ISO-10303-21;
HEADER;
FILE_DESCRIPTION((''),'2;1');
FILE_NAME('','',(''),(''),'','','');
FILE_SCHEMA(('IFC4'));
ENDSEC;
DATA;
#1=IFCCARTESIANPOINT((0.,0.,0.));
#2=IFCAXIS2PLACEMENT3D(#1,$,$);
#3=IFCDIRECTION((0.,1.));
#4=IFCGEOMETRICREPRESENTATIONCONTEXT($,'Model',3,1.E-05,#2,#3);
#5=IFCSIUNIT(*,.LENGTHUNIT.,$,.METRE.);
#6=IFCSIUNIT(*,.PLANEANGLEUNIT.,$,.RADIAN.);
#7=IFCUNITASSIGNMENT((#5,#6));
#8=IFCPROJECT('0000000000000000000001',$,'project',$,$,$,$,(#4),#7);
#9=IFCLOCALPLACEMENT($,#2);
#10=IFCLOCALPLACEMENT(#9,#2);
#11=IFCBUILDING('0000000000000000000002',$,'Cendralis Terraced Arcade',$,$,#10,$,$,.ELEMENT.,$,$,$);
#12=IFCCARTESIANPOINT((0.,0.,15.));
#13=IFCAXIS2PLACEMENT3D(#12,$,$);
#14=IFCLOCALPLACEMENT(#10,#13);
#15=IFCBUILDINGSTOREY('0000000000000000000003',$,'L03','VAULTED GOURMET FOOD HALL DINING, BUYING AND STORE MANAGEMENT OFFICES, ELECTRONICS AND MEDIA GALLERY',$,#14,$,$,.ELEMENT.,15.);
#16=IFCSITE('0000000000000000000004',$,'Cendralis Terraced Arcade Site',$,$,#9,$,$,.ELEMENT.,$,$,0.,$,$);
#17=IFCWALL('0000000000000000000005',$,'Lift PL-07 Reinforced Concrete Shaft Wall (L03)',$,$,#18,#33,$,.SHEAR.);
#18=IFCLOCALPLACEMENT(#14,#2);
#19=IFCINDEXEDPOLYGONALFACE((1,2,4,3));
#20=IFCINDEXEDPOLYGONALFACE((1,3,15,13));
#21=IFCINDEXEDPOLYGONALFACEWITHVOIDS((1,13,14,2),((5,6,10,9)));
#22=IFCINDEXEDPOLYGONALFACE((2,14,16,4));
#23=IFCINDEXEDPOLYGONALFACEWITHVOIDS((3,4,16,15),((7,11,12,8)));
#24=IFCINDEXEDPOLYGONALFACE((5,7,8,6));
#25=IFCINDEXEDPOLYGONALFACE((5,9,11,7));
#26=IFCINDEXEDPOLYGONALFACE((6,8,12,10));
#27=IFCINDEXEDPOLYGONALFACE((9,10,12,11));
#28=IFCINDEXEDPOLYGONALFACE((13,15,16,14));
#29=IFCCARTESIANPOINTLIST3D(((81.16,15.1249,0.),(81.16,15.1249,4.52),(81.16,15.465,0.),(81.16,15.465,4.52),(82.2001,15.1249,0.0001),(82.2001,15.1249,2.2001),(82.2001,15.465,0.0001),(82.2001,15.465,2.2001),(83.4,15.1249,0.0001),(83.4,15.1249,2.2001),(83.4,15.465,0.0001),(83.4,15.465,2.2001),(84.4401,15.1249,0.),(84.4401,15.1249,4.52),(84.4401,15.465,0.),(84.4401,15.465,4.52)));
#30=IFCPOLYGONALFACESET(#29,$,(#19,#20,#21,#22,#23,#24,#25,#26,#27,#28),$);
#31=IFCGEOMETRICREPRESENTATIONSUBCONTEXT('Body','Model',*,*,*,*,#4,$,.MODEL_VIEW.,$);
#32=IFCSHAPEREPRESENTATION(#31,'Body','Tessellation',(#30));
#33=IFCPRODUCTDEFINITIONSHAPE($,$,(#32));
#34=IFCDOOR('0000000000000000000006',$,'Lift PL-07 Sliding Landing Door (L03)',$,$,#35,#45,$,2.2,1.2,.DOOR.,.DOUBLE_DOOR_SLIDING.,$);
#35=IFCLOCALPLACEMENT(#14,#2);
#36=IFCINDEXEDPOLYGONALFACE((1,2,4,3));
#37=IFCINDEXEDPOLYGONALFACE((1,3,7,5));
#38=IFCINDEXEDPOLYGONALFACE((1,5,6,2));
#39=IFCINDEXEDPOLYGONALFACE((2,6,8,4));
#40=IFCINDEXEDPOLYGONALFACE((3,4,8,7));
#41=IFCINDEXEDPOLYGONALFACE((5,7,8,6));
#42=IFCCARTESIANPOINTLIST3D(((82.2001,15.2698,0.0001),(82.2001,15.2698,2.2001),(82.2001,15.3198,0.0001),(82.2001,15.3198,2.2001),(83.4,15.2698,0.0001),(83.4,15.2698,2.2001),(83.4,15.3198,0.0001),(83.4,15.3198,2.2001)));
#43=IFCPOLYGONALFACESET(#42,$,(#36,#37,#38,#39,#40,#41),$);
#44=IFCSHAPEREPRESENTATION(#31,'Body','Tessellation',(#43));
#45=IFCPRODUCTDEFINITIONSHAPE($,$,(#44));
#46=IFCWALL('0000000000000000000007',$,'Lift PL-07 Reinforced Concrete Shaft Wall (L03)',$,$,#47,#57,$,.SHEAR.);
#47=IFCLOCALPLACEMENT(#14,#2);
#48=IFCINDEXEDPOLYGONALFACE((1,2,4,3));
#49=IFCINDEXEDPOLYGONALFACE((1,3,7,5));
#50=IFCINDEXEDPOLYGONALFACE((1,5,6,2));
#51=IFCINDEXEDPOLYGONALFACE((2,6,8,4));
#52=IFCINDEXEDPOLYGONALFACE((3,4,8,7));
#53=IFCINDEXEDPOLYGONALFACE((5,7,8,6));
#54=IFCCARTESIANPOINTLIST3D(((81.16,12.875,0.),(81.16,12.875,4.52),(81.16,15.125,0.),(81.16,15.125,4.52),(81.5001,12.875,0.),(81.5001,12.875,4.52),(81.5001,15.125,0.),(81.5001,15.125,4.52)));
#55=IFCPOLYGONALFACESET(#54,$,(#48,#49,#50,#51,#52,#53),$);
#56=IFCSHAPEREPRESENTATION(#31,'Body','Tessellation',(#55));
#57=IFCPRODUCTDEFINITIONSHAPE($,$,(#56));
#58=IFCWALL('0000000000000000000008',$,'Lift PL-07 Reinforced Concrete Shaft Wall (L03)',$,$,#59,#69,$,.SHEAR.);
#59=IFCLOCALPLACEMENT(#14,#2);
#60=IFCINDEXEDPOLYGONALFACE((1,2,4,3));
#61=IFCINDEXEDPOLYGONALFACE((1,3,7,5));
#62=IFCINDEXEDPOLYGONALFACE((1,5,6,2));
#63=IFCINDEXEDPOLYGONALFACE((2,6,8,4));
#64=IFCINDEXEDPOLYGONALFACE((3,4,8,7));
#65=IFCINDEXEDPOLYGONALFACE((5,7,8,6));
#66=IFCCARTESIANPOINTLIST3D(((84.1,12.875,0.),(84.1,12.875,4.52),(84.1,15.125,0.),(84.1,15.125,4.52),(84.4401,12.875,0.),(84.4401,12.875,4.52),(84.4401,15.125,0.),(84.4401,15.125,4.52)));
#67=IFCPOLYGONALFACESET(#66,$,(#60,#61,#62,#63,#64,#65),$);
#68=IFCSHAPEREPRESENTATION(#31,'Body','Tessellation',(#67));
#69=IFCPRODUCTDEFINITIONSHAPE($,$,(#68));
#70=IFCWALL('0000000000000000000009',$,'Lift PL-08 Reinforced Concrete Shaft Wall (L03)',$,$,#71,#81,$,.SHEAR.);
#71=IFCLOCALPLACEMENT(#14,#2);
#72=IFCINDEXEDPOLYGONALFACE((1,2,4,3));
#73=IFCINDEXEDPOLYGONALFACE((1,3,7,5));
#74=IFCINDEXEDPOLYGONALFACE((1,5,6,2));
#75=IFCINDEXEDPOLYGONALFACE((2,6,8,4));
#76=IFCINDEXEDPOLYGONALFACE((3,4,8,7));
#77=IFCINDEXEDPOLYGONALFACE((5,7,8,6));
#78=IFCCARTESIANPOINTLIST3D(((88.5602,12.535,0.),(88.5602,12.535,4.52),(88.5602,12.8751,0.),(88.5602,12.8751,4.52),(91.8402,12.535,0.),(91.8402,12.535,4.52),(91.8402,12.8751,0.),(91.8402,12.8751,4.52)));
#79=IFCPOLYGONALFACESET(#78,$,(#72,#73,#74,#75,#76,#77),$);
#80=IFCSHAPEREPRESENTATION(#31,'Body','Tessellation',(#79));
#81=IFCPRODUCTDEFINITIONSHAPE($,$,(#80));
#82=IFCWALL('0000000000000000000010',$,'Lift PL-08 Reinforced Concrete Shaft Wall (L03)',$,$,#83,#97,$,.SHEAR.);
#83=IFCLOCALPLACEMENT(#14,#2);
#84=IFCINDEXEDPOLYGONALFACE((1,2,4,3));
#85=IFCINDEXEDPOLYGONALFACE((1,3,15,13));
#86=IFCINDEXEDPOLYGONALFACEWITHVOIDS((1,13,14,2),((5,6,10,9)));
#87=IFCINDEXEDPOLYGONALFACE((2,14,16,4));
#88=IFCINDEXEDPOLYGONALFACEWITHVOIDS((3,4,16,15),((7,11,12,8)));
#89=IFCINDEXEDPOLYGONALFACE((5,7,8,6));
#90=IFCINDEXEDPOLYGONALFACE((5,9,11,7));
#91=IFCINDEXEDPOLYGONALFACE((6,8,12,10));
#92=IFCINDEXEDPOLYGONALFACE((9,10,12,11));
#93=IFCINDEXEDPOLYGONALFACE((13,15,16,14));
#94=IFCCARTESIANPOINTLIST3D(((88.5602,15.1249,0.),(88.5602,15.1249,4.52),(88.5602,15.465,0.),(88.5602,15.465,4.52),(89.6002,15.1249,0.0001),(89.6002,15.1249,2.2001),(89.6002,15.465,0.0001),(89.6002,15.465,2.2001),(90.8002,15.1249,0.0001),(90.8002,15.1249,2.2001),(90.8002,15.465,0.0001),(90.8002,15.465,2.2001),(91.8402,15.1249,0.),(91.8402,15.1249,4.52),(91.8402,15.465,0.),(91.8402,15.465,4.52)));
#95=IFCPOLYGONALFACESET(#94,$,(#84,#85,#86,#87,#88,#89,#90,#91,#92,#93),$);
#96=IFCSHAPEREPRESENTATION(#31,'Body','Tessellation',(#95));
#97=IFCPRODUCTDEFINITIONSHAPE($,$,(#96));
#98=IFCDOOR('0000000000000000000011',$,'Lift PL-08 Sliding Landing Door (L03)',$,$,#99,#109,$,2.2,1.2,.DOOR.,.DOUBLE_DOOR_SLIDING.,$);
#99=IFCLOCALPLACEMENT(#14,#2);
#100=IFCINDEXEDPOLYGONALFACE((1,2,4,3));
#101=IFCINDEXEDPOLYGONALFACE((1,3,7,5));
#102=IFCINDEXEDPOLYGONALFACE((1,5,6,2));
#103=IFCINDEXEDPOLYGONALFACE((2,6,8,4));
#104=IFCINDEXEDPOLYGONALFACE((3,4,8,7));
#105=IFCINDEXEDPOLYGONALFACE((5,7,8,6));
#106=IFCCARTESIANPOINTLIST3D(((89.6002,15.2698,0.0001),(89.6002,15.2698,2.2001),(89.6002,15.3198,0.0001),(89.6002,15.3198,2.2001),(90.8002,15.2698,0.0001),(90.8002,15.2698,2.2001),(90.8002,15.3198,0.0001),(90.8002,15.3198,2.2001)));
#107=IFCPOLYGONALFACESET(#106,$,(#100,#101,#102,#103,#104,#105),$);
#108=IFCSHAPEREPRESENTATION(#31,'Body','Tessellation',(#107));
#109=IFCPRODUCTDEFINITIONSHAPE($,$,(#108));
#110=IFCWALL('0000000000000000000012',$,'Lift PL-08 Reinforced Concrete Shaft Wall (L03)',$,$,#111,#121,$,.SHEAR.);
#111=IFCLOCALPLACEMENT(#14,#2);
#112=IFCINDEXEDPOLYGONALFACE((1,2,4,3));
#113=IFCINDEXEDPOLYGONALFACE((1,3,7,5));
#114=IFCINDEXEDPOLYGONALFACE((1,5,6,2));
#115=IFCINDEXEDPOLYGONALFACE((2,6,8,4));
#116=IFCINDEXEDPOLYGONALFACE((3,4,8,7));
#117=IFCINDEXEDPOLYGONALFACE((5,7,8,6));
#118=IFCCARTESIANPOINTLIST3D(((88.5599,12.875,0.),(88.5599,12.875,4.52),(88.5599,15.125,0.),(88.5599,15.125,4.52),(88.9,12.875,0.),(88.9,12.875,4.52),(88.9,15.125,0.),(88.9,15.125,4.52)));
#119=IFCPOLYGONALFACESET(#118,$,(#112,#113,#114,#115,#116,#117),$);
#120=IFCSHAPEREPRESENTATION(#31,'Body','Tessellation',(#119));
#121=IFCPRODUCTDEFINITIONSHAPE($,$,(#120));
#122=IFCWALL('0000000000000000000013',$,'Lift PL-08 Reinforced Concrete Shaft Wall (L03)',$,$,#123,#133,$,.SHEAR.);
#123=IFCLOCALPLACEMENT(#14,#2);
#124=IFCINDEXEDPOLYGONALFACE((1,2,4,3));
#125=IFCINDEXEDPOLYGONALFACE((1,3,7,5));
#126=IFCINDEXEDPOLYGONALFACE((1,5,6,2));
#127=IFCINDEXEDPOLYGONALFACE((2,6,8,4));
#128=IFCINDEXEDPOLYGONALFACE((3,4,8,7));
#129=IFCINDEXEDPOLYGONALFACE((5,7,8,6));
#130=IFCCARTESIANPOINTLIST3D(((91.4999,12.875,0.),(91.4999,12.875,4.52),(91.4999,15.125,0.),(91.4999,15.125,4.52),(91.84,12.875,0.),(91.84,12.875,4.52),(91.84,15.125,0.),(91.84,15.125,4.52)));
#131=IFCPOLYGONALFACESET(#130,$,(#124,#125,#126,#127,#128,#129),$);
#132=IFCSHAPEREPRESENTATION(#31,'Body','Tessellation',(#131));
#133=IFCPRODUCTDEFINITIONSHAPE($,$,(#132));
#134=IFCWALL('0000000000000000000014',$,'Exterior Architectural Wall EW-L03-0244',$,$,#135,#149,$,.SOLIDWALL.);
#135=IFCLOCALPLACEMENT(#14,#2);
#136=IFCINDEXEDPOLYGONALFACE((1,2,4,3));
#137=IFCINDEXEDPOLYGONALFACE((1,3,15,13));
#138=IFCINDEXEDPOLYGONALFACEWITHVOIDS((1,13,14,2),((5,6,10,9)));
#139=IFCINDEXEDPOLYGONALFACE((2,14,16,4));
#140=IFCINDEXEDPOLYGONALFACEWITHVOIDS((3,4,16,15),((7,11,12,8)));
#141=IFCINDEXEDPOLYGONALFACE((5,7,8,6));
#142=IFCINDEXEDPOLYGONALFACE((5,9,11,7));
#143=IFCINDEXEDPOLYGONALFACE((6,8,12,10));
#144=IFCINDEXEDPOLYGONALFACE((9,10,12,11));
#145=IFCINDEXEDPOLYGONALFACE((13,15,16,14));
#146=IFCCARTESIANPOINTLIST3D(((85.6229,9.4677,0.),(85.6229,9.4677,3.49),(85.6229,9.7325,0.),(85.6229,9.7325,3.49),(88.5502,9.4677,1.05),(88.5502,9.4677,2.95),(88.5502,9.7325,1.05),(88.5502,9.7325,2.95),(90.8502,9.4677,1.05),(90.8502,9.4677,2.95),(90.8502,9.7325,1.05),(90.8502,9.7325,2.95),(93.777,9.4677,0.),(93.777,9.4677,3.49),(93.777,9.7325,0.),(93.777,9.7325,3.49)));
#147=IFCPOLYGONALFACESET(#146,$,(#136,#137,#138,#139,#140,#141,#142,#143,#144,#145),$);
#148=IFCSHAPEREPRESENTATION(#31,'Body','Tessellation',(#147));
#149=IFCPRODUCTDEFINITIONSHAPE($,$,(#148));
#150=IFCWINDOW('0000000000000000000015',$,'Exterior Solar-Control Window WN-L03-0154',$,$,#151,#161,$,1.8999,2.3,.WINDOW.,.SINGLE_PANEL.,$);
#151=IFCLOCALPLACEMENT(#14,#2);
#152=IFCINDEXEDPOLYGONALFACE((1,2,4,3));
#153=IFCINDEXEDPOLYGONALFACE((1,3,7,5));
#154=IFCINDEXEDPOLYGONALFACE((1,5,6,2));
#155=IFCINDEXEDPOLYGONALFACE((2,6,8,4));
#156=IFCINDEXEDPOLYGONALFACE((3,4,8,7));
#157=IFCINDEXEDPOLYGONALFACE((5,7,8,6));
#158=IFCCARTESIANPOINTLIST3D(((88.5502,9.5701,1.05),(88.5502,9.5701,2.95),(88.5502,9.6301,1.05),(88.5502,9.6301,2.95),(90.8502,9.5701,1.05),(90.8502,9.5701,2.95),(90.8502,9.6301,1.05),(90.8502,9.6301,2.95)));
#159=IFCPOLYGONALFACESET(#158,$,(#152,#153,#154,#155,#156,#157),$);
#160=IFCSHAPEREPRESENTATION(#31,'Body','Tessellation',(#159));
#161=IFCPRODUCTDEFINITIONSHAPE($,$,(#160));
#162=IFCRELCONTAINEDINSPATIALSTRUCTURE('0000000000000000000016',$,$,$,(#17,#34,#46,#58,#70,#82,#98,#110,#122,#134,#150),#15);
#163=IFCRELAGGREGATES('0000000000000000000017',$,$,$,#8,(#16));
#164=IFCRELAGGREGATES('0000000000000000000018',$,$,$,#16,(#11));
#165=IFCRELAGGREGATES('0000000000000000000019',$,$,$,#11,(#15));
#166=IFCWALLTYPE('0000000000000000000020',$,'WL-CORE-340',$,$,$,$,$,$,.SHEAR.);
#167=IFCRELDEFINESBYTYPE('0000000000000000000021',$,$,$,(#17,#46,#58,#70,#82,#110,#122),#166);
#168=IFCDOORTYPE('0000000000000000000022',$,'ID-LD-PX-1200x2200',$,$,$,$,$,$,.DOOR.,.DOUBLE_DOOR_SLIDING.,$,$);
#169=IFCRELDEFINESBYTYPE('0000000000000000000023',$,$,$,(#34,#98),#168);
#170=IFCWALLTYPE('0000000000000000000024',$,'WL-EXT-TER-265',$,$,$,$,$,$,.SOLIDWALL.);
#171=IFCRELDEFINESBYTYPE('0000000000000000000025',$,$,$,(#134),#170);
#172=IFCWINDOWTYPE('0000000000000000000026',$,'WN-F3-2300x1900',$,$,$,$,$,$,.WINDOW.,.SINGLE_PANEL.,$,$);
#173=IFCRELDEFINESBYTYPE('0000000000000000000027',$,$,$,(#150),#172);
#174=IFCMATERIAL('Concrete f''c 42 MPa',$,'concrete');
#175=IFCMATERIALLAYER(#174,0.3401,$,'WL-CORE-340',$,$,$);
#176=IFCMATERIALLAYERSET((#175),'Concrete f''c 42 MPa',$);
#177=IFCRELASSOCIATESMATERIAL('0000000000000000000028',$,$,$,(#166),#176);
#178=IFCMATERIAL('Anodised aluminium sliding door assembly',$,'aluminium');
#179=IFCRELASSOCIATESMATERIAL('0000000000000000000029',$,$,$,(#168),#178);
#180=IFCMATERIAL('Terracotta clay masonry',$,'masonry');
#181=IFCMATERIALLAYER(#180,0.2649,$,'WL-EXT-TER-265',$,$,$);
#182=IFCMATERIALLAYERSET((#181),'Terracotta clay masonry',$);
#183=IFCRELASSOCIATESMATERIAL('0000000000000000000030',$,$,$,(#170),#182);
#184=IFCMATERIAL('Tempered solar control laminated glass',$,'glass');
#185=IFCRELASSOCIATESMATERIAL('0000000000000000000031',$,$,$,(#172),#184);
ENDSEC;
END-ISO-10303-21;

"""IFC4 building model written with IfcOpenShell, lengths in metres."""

from ifc_helpers import new_model, si_unit, direction, frame, frame_2d, origin, place, context, subcontext, project, spatial, rectangle, extrude, material, layer, layer_set, type_object, element, fill, save


model = new_model("IFC4")

# Units and contexts
model_context = context("Model", 3, precision=1e-05, world=origin(), true_north=direction((0.0, 1.0)))
body_context = subcontext(model_context, "Body", "Model", "MODEL_VIEW")
ifc_project = project(units=[si_unit("LENGTHUNIT", "METRE"), si_unit("PLANEANGLEUNIT", "RADIAN")], contexts=[model_context])

# Site, building, storey
site_placement = place(None, origin())
site = spatial("IfcSite", under=ifc_project, at=site_placement, Name="Cendralis Terraced Arcade Site", CompositionType="ELEMENT", RefElevation=0.0)
building_placement = place(site_placement, origin())
building = spatial("IfcBuilding", under=site, at=building_placement, Name="Cendralis Terraced Arcade", CompositionType="ELEMENT")
storey_placement = place(building_placement, frame((0.0, 0.0, 15.0)))
storey = spatial("IfcBuildingStorey", under=building, at=storey_placement, Name="L03", Description="VAULTED GOURMET FOOD HALL DINING, BUYING AND STORE MANAGEMENT OFFICES, ELECTRONICS AND MEDIA GALLERY", CompositionType="ELEMENT", Elevation=15.0)

# Shared definitions
ifc_material_1 = material(Name="Concrete f'c 42 MPa", Category="concrete")

# Wall, opening, door
ifc_layer_1 = layer(ifc_material_1, 0.3401, Name="WL-CORE-340")
ifc_layer_set_1 = layer_set([ifc_layer_1], Name="Concrete f'c 42 MPa")
wall_type_1 = type_object("IfcWallType", Name="WL-CORE-340", PredefinedType="SHEAR", material=ifc_layer_set_1)
wall_1_placement = place(storey_placement, frame((81.1599, 15.2949, 0.0), z_axis=(0.0, 0.0, 1.0), x_axis=(1.0, 0.0, 0.0)))
wall_1 = element("IfcWall", 1, at=wall_1_placement, inside=storey, type_object=wall_type_1, Name="Lift PL-07 Reinforced Concrete Shaft Wall (L03)", PredefinedType="SHEAR", context=body_context, shape_type="SweptSolid", body=[
    extrude(rectangle(XDim=3.28, YDim=0.3401, at=frame_2d((1.6401, 0.0))), origin(), (0.0, 0.0, 1.0), 4.52),
])
opening_1_placement = place(wall_1_placement, frame((1.04, 0.0, 0.0)))
opening_1 = element("IfcOpeningElement", 2, at=opening_1_placement, cuts=wall_1, PredefinedType="OPENING", context=body_context, shape_type="SweptSolid", body=[
    extrude(rectangle(XDim=1.2, YDim=2.2, at=frame_2d((0.6001, 1.1001))), frame((0.0, 0.1821, 0.0), z_axis=(0.0, -1.0, 0.0), x_axis=(1.0, 0.0, 0.0)), (0.0, 0.0, 1.0), 0.364),
])
ifc_material_2 = material(Name="Anodised aluminium sliding door assembly", Category="aluminium")
door_type_1 = type_object("IfcDoorType", Name="ID-LD-PX-1200x2200", OperationType="DOUBLE_DOOR_SLIDING", PredefinedType="DOOR", material=ifc_material_2)
door_1_placement = place(opening_1_placement, origin())
door_1 = element("IfcDoor", 3, at=door_1_placement, inside=storey, type_object=door_type_1, Name="Lift PL-07 Sliding Landing Door (L03)", OperationType="DOUBLE_DOOR_SLIDING", OverallHeight=2.2, OverallWidth=1.2, PredefinedType="DOOR", context=body_context, shape_type="SweptSolid", body=[
    extrude(rectangle(XDim=1.2, YDim=2.2, at=frame_2d((0.6001, 1.1001))), frame((0.0, 0.0249, 0.0), z_axis=(0.0, -1.0, 0.0), x_axis=(1.0, 0.0, 0.0)), (0.0, 0.0, 1.0), 0.05),
])
fill(opening_1, door_1)

# Walls
for number, where, z_axis, x_axis, name in (
    (4, (81.3301, 12.875, 0.0), (0.0, 0.0, 1.0), (0.0, 1.0, 0.0), "Lift PL-07 Reinforced Concrete Shaft Wall (L03)"),
    (5, (84.27, 12.875, 0.0), (0.0, 0.0, 1.0), (0.0, 1.0, 0.0), "Lift PL-07 Reinforced Concrete Shaft Wall (L03)"),
):
    element("IfcWall", number, at=place(storey_placement, frame(where, z_axis=z_axis, x_axis=x_axis)), inside=storey, type_object=wall_type_1, Name=name, PredefinedType="SHEAR", context=body_context, shape_type="SweptSolid", body=[
        extrude(rectangle(XDim=2.25, YDim=0.3401, at=frame_2d((1.125, 0.0))), origin(), (0.0, 0.0, 1.0), 4.52),
    ])
wall_2_placement = place(storey_placement, frame((88.5601, 12.7051, 0.0), z_axis=(0.0, 0.0, 1.0), x_axis=(1.0, 0.0, 0.0)))
element("IfcWall", 6, at=wall_2_placement, inside=storey, type_object=wall_type_1, Name="Lift PL-08 Reinforced Concrete Shaft Wall (L03)", PredefinedType="SHEAR", context=body_context, shape_type="SweptSolid", body=[
    extrude(rectangle(XDim=3.28, YDim=0.3401, at=frame_2d((1.6401, 0.0))), origin(), (0.0, 0.0, 1.0), 4.52),
])

# Wall, opening, door
wall_3_placement = place(storey_placement, frame((88.5601, 15.2949, 0.0), z_axis=(0.0, 0.0, 1.0), x_axis=(1.0, 0.0, 0.0)))
wall_3 = element("IfcWall", 7, at=wall_3_placement, inside=storey, type_object=wall_type_1, Name="Lift PL-08 Reinforced Concrete Shaft Wall (L03)", PredefinedType="SHEAR", context=body_context, shape_type="SweptSolid", body=[
    extrude(rectangle(XDim=3.28, YDim=0.3401, at=frame_2d((1.6401, 0.0))), origin(), (0.0, 0.0, 1.0), 4.52),
])
opening_2_placement = place(wall_3_placement, frame((1.04, 0.0, 0.0)))
opening_2 = element("IfcOpeningElement", 8, at=opening_2_placement, cuts=wall_3, PredefinedType="OPENING", context=body_context, shape_type="SweptSolid", body=[
    extrude(rectangle(XDim=1.2, YDim=2.2, at=frame_2d((0.6001, 1.1001))), frame((0.0, 0.1821, 0.0), z_axis=(0.0, -1.0, 0.0), x_axis=(1.0, 0.0, 0.0)), (0.0, 0.0, 1.0), 0.364),
])
door_2_placement = place(opening_2_placement, origin())
door_2 = element("IfcDoor", 9, at=door_2_placement, inside=storey, type_object=door_type_1, Name="Lift PL-08 Sliding Landing Door (L03)", OperationType="DOUBLE_DOOR_SLIDING", OverallHeight=2.2, OverallWidth=1.2, PredefinedType="DOOR", context=body_context, shape_type="SweptSolid", body=[
    extrude(rectangle(XDim=1.2, YDim=2.2, at=frame_2d((0.6001, 1.1001))), frame((0.0, 0.0249, 0.0), z_axis=(0.0, -1.0, 0.0), x_axis=(1.0, 0.0, 0.0)), (0.0, 0.0, 1.0), 0.05),
])
fill(opening_2, door_2)

# Walls
for number, where, z_axis, x_axis, name in (
    (10, (88.73, 12.875, 0.0), (0.0, 0.0, 1.0), (0.0, 1.0, 0.0), "Lift PL-08 Reinforced Concrete Shaft Wall (L03)"),
    (11, (91.6699, 12.875, 0.0), (0.0, 0.0, 1.0), (0.0, 1.0, 0.0), "Lift PL-08 Reinforced Concrete Shaft Wall (L03)"),
):
    element("IfcWall", number, at=place(storey_placement, frame(where, z_axis=z_axis, x_axis=x_axis)), inside=storey, type_object=wall_type_1, Name=name, PredefinedType="SHEAR", context=body_context, shape_type="SweptSolid", body=[
        extrude(rectangle(XDim=2.25, YDim=0.3401, at=frame_2d((1.125, 0.0))), origin(), (0.0, 0.0, 1.0), 4.52),
    ])

# Wall, opening, window
ifc_material_3 = material(Name="Terracotta clay masonry", Category="masonry")
ifc_layer_2 = layer(ifc_material_3, 0.2649, Name="WL-EXT-TER-265")
ifc_layer_set_2 = layer_set([ifc_layer_2], Name="Terracotta clay masonry")
wall_type_2 = type_object("IfcWallType", Name="WL-EXT-TER-265", PredefinedType="SOLIDWALL", material=ifc_layer_set_2)
wall_4_placement = place(storey_placement, frame((93.7771, 9.6001, 0.0), z_axis=(0.0, 0.0, 1.0), x_axis=(-1.0, 0.0, 0.0)))
wall_4 = element("IfcWall", 12, at=wall_4_placement, inside=storey, type_object=wall_type_2, Name="Exterior Architectural Wall EW-L03-0244", PredefinedType="SOLIDWALL", context=body_context, shape_type="SweptSolid", body=[
    extrude(rectangle(XDim=8.1541, YDim=0.2649, at=frame_2d((4.0771, 0.0))), origin(), (0.0, 0.0, 1.0), 3.49),
])
opening_3_placement = place(wall_4_placement, frame((2.927, 0.0, 1.05)))
opening_3 = element("IfcOpeningElement", 13, at=opening_3_placement, cuts=wall_4, PredefinedType="OPENING", context=body_context, shape_type="SweptSolid", body=[
    extrude(rectangle(XDim=2.3, YDim=1.8999, at=frame_2d((1.1499, 0.95))), frame((0.0, 0.1445, 0.0), z_axis=(0.0, -1.0, 0.0), x_axis=(1.0, 0.0, 0.0)), (0.0, 0.0, 1.0), 0.2888),
])
ifc_material_4 = material(Name="Tempered solar control laminated glass", Category="glass")
window_type_1 = type_object("IfcWindowType", Name="WN-F3-2300x1900", PartitioningType="SINGLE_PANEL", PredefinedType="WINDOW", material=ifc_material_4)
window_1_placement = place(opening_3_placement, origin())
window_1 = element("IfcWindow", 14, at=window_1_placement, inside=storey, type_object=window_type_1, Name="Exterior Solar-Control Window WN-L03-0154", OverallHeight=1.8999, OverallWidth=2.3, PartitioningType="SINGLE_PANEL", PredefinedType="WINDOW", context=body_context, shape_type="SweptSolid", body=[
    extrude(rectangle(XDim=2.3, YDim=1.8999, at=frame_2d((1.1499, 0.95))), frame((0.0, 0.03, 0.0), z_axis=(0.0, -1.0, 0.0), x_axis=(1.0, 0.0, 0.0)), (0.0, 0.0, 1.0), 0.0601),
])
fill(opening_3, window_1)

save(model, "model.ifc")
